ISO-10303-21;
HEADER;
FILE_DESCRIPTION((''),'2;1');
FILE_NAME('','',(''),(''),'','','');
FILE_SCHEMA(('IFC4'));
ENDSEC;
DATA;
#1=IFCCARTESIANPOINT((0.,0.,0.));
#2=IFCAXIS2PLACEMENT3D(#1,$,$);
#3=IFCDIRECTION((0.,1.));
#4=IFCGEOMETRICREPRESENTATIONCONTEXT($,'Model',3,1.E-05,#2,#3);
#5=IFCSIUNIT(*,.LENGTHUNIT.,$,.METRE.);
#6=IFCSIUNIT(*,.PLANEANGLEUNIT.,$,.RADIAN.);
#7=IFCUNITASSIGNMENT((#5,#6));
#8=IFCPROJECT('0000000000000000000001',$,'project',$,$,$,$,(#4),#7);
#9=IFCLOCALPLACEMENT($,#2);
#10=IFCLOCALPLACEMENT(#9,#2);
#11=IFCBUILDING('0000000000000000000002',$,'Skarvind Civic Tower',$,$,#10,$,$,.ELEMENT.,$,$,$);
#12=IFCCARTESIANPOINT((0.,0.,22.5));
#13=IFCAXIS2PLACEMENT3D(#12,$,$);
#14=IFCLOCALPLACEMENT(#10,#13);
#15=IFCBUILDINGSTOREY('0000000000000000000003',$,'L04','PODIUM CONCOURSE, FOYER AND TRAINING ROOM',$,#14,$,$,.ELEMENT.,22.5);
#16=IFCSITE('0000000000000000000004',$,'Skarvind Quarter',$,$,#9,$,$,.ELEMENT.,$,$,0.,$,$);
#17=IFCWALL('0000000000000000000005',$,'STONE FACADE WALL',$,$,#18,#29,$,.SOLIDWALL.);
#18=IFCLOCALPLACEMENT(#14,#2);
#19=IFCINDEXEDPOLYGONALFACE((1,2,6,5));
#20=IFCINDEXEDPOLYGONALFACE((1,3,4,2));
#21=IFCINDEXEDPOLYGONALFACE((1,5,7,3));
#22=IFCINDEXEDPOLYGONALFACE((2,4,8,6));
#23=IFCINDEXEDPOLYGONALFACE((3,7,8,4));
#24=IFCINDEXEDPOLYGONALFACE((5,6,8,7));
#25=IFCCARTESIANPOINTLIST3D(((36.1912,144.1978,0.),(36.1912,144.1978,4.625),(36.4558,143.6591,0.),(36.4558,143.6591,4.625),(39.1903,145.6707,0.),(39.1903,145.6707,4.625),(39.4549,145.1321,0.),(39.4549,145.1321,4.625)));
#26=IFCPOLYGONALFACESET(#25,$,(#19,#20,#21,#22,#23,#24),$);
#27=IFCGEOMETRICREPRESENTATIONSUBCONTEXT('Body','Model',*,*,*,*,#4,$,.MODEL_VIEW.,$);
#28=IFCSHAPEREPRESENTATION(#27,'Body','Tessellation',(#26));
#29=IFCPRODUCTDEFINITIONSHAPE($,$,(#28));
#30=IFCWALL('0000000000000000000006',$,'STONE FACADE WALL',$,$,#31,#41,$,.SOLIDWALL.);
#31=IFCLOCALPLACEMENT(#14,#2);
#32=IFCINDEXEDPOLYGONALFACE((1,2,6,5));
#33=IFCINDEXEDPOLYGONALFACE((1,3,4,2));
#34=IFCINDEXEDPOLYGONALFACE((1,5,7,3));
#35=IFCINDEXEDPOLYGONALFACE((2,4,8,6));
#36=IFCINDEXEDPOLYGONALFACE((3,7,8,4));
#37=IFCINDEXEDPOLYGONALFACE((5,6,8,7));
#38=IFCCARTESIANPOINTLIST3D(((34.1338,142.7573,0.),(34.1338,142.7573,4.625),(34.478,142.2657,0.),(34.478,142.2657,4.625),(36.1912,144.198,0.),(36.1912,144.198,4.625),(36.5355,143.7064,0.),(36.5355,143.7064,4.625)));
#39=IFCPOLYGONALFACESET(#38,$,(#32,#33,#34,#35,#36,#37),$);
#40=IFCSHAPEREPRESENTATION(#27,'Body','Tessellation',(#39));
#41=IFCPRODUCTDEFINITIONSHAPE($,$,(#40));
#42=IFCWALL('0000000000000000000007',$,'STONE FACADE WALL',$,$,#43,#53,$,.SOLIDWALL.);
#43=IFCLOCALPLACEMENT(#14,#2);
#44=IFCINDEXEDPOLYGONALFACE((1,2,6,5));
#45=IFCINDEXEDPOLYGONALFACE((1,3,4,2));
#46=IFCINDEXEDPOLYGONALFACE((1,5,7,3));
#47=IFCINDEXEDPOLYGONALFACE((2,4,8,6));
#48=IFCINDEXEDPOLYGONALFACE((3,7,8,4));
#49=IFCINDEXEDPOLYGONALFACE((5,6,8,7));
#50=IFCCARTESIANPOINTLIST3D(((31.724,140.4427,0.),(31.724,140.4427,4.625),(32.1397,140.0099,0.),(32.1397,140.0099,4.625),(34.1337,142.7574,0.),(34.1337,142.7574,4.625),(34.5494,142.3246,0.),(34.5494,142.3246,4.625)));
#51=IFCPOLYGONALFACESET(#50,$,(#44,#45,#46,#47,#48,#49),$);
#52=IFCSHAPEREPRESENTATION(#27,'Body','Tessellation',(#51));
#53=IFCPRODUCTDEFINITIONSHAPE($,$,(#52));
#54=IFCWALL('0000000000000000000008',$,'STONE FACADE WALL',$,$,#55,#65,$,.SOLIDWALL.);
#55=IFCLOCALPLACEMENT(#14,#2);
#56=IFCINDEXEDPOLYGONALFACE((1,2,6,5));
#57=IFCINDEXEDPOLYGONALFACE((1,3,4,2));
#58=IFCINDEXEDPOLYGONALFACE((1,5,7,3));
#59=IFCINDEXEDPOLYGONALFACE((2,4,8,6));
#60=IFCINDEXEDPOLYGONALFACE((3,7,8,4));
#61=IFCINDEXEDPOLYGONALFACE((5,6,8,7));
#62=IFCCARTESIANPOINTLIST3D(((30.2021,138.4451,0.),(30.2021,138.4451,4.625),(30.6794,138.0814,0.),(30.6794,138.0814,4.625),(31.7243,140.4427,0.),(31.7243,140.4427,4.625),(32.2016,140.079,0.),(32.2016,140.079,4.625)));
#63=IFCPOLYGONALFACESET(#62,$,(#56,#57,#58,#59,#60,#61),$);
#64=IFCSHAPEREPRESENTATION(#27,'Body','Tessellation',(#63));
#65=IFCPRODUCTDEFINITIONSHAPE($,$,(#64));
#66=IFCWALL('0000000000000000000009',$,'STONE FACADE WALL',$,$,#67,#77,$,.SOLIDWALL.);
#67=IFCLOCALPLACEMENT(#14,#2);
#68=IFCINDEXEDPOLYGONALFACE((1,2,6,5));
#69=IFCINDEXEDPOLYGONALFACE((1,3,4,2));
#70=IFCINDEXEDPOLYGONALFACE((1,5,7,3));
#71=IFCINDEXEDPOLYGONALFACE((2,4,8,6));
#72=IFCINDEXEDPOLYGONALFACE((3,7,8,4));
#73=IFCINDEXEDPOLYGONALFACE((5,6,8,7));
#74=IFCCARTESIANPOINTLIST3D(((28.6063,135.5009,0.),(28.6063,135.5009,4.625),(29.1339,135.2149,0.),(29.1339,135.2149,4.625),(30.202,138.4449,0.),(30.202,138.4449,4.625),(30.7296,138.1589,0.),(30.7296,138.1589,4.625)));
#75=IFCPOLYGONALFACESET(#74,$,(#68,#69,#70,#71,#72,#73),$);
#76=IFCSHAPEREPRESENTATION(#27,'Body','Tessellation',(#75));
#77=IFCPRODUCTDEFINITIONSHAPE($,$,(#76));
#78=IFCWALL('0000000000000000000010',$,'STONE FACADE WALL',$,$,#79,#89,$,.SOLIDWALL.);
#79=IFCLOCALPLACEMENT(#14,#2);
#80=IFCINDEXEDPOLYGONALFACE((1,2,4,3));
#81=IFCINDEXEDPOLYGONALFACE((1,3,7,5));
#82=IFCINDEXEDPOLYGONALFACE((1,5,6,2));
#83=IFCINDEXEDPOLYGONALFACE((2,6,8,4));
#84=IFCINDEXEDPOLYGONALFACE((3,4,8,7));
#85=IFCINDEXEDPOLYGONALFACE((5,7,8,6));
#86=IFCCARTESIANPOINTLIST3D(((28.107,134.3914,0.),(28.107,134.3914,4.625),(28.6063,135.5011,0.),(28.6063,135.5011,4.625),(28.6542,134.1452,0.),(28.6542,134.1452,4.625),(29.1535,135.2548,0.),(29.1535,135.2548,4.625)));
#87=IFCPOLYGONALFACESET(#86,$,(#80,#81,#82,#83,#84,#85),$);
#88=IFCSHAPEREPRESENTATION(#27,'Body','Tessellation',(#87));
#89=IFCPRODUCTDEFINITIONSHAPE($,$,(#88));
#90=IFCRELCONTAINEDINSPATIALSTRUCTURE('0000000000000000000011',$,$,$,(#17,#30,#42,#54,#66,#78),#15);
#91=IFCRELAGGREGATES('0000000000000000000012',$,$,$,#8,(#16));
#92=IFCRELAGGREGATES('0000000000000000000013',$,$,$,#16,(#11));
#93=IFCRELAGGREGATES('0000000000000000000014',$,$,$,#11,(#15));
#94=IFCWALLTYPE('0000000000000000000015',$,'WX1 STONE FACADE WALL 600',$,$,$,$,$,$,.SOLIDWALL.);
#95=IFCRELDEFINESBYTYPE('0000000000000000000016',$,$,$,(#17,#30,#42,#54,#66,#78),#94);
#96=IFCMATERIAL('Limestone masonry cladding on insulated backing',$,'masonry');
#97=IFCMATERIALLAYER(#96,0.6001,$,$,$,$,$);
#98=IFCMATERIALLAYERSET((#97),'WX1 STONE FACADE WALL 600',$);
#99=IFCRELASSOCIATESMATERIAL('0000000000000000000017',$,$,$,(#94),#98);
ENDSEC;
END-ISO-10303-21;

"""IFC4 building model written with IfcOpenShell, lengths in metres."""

from ifc_helpers import new_model, si_unit, direction, frame, frame_2d, origin, place, context, subcontext, project, spatial, rectangle, extrude, material, layer, layer_set, type_object, element, save


model = new_model("IFC4")

# Units and contexts
model_context = context("Model", 3, precision=1e-05, world=origin(), true_north=direction((0.0, 1.0)))
body_context = subcontext(model_context, "Body", "Model", "MODEL_VIEW")
ifc_project = project(units=[si_unit("LENGTHUNIT", "METRE"), si_unit("PLANEANGLEUNIT", "RADIAN")], contexts=[model_context])

# Site, building, storey
site_placement = place(None, origin())
site = spatial("IfcSite", under=ifc_project, at=site_placement, Name="Skarvind Quarter", CompositionType="ELEMENT", RefElevation=0.0)
building_placement = place(site_placement, origin())
building = spatial("IfcBuilding", under=site, at=building_placement, Name="Skarvind Civic Tower", CompositionType="ELEMENT")
storey_placement = place(building_placement, frame((0.0, 0.0, 22.5)))
storey = spatial("IfcBuildingStorey", under=building, at=storey_placement, Name="L04", Description="PODIUM CONCOURSE, FOYER AND TRAINING ROOM", CompositionType="ELEMENT", Elevation=22.5)

# Walls
ifc_material_1 = material(Name="Limestone masonry cladding on insulated backing", Category="masonry")
ifc_layer_1 = layer(ifc_material_1, 0.6001)
ifc_layer_set_1 = layer_set([ifc_layer_1], Name="WX1 STONE FACADE WALL 600")
wall_type_1 = type_object("IfcWallType", Name="WX1 STONE FACADE WALL 600", PredefinedType="SOLIDWALL", material=ifc_layer_set_1)
wall_1_placement = place(storey_placement, frame((36.3235, 143.9285, 0.0), z_axis=(0.0, 0.0, 1.0), x_axis=(0.89759, 0.440831, 0.0)))
element("IfcWall", 1, at=wall_1_placement, inside=storey, type_object=wall_type_1, Name="STONE FACADE WALL", PredefinedType="SOLIDWALL", context=body_context, shape_type="SweptSolid", body=[
    extrude(rectangle(XDim=3.3413, YDim=0.6001, at=frame_2d((1.6707, 0.0))), origin(), (0.0, 0.0, 1.0), 4.625),
])
wall_2_placement = place(storey_placement, frame((34.3059, 142.5115, 0.0), z_axis=(0.0, 0.0, 1.0), x_axis=(0.819136, 0.573599, 0.0)))
element("IfcWall", 2, at=wall_2_placement, inside=storey, type_object=wall_type_1, Name="STONE FACADE WALL", PredefinedType="SOLIDWALL", context=body_context, shape_type="SweptSolid", body=[
    extrude(rectangle(XDim=2.5117, YDim=0.6001, at=frame_2d((1.2559, 0.0))), origin(), (0.0, 0.0, 1.0), 4.625),
])
wall_3_placement = place(storey_placement, frame((31.9319, 140.2263, 0.0), z_axis=(0.0, 0.0, 1.0), x_axis=(0.721176, 0.692752, 0.0)))
element("IfcWall", 3, at=wall_3_placement, inside=storey, type_object=wall_type_1, Name="STONE FACADE WALL", PredefinedType="SOLIDWALL", context=body_context, shape_type="SweptSolid", body=[
    extrude(rectangle(XDim=3.3413, YDim=0.6001, at=frame_2d((1.6707, 0.0))), origin(), (0.0, 0.0, 1.0), 4.625),
])
wall_4_placement = place(storey_placement, frame((30.4407, 138.2632, 0.0), z_axis=(0.0, 0.0, 1.0), x_axis=(0.606111, 0.79538, 0.0)))
element("IfcWall", 4, at=wall_4_placement, inside=storey, type_object=wall_type_1, Name="STONE FACADE WALL", PredefinedType="SOLIDWALL", context=body_context, shape_type="SweptSolid", body=[
    extrude(rectangle(XDim=2.5115, YDim=0.6001, at=frame_2d((1.2559, 0.0))), origin(), (0.0, 0.0, 1.0), 4.625),
])
wall_5_placement = place(storey_placement, frame((28.8701, 135.3579, 0.0), z_axis=(0.0, 0.0, 1.0), x_axis=(0.476511, 0.879169, 0.0)))
element("IfcWall", 5, at=wall_5_placement, inside=storey, type_object=wall_type_1, Name="STONE FACADE WALL", PredefinedType="SOLIDWALL", context=body_context, shape_type="SweptSolid", body=[
    extrude(rectangle(XDim=3.3486, YDim=0.6001, at=frame_2d((1.6743, 0.0))), origin(), (0.0, 0.0, 1.0), 4.625),
])
wall_6_placement = place(storey_placement, frame((28.3806, 134.2683, 0.0), z_axis=(0.0, 0.0, 1.0), x_axis=(0.410323, 0.91194, 0.0)))
element("IfcWall", 6, at=wall_6_placement, inside=storey, type_object=wall_type_1, Name="STONE FACADE WALL", PredefinedType="SOLIDWALL", context=body_context, shape_type="SweptSolid", body=[
    extrude(rectangle(XDim=1.2168, YDim=0.6001, at=frame_2d((0.6084, 0.0))), origin(), (0.0, 0.0, 1.0), 4.625),
])

save(model, "model.ifc")
